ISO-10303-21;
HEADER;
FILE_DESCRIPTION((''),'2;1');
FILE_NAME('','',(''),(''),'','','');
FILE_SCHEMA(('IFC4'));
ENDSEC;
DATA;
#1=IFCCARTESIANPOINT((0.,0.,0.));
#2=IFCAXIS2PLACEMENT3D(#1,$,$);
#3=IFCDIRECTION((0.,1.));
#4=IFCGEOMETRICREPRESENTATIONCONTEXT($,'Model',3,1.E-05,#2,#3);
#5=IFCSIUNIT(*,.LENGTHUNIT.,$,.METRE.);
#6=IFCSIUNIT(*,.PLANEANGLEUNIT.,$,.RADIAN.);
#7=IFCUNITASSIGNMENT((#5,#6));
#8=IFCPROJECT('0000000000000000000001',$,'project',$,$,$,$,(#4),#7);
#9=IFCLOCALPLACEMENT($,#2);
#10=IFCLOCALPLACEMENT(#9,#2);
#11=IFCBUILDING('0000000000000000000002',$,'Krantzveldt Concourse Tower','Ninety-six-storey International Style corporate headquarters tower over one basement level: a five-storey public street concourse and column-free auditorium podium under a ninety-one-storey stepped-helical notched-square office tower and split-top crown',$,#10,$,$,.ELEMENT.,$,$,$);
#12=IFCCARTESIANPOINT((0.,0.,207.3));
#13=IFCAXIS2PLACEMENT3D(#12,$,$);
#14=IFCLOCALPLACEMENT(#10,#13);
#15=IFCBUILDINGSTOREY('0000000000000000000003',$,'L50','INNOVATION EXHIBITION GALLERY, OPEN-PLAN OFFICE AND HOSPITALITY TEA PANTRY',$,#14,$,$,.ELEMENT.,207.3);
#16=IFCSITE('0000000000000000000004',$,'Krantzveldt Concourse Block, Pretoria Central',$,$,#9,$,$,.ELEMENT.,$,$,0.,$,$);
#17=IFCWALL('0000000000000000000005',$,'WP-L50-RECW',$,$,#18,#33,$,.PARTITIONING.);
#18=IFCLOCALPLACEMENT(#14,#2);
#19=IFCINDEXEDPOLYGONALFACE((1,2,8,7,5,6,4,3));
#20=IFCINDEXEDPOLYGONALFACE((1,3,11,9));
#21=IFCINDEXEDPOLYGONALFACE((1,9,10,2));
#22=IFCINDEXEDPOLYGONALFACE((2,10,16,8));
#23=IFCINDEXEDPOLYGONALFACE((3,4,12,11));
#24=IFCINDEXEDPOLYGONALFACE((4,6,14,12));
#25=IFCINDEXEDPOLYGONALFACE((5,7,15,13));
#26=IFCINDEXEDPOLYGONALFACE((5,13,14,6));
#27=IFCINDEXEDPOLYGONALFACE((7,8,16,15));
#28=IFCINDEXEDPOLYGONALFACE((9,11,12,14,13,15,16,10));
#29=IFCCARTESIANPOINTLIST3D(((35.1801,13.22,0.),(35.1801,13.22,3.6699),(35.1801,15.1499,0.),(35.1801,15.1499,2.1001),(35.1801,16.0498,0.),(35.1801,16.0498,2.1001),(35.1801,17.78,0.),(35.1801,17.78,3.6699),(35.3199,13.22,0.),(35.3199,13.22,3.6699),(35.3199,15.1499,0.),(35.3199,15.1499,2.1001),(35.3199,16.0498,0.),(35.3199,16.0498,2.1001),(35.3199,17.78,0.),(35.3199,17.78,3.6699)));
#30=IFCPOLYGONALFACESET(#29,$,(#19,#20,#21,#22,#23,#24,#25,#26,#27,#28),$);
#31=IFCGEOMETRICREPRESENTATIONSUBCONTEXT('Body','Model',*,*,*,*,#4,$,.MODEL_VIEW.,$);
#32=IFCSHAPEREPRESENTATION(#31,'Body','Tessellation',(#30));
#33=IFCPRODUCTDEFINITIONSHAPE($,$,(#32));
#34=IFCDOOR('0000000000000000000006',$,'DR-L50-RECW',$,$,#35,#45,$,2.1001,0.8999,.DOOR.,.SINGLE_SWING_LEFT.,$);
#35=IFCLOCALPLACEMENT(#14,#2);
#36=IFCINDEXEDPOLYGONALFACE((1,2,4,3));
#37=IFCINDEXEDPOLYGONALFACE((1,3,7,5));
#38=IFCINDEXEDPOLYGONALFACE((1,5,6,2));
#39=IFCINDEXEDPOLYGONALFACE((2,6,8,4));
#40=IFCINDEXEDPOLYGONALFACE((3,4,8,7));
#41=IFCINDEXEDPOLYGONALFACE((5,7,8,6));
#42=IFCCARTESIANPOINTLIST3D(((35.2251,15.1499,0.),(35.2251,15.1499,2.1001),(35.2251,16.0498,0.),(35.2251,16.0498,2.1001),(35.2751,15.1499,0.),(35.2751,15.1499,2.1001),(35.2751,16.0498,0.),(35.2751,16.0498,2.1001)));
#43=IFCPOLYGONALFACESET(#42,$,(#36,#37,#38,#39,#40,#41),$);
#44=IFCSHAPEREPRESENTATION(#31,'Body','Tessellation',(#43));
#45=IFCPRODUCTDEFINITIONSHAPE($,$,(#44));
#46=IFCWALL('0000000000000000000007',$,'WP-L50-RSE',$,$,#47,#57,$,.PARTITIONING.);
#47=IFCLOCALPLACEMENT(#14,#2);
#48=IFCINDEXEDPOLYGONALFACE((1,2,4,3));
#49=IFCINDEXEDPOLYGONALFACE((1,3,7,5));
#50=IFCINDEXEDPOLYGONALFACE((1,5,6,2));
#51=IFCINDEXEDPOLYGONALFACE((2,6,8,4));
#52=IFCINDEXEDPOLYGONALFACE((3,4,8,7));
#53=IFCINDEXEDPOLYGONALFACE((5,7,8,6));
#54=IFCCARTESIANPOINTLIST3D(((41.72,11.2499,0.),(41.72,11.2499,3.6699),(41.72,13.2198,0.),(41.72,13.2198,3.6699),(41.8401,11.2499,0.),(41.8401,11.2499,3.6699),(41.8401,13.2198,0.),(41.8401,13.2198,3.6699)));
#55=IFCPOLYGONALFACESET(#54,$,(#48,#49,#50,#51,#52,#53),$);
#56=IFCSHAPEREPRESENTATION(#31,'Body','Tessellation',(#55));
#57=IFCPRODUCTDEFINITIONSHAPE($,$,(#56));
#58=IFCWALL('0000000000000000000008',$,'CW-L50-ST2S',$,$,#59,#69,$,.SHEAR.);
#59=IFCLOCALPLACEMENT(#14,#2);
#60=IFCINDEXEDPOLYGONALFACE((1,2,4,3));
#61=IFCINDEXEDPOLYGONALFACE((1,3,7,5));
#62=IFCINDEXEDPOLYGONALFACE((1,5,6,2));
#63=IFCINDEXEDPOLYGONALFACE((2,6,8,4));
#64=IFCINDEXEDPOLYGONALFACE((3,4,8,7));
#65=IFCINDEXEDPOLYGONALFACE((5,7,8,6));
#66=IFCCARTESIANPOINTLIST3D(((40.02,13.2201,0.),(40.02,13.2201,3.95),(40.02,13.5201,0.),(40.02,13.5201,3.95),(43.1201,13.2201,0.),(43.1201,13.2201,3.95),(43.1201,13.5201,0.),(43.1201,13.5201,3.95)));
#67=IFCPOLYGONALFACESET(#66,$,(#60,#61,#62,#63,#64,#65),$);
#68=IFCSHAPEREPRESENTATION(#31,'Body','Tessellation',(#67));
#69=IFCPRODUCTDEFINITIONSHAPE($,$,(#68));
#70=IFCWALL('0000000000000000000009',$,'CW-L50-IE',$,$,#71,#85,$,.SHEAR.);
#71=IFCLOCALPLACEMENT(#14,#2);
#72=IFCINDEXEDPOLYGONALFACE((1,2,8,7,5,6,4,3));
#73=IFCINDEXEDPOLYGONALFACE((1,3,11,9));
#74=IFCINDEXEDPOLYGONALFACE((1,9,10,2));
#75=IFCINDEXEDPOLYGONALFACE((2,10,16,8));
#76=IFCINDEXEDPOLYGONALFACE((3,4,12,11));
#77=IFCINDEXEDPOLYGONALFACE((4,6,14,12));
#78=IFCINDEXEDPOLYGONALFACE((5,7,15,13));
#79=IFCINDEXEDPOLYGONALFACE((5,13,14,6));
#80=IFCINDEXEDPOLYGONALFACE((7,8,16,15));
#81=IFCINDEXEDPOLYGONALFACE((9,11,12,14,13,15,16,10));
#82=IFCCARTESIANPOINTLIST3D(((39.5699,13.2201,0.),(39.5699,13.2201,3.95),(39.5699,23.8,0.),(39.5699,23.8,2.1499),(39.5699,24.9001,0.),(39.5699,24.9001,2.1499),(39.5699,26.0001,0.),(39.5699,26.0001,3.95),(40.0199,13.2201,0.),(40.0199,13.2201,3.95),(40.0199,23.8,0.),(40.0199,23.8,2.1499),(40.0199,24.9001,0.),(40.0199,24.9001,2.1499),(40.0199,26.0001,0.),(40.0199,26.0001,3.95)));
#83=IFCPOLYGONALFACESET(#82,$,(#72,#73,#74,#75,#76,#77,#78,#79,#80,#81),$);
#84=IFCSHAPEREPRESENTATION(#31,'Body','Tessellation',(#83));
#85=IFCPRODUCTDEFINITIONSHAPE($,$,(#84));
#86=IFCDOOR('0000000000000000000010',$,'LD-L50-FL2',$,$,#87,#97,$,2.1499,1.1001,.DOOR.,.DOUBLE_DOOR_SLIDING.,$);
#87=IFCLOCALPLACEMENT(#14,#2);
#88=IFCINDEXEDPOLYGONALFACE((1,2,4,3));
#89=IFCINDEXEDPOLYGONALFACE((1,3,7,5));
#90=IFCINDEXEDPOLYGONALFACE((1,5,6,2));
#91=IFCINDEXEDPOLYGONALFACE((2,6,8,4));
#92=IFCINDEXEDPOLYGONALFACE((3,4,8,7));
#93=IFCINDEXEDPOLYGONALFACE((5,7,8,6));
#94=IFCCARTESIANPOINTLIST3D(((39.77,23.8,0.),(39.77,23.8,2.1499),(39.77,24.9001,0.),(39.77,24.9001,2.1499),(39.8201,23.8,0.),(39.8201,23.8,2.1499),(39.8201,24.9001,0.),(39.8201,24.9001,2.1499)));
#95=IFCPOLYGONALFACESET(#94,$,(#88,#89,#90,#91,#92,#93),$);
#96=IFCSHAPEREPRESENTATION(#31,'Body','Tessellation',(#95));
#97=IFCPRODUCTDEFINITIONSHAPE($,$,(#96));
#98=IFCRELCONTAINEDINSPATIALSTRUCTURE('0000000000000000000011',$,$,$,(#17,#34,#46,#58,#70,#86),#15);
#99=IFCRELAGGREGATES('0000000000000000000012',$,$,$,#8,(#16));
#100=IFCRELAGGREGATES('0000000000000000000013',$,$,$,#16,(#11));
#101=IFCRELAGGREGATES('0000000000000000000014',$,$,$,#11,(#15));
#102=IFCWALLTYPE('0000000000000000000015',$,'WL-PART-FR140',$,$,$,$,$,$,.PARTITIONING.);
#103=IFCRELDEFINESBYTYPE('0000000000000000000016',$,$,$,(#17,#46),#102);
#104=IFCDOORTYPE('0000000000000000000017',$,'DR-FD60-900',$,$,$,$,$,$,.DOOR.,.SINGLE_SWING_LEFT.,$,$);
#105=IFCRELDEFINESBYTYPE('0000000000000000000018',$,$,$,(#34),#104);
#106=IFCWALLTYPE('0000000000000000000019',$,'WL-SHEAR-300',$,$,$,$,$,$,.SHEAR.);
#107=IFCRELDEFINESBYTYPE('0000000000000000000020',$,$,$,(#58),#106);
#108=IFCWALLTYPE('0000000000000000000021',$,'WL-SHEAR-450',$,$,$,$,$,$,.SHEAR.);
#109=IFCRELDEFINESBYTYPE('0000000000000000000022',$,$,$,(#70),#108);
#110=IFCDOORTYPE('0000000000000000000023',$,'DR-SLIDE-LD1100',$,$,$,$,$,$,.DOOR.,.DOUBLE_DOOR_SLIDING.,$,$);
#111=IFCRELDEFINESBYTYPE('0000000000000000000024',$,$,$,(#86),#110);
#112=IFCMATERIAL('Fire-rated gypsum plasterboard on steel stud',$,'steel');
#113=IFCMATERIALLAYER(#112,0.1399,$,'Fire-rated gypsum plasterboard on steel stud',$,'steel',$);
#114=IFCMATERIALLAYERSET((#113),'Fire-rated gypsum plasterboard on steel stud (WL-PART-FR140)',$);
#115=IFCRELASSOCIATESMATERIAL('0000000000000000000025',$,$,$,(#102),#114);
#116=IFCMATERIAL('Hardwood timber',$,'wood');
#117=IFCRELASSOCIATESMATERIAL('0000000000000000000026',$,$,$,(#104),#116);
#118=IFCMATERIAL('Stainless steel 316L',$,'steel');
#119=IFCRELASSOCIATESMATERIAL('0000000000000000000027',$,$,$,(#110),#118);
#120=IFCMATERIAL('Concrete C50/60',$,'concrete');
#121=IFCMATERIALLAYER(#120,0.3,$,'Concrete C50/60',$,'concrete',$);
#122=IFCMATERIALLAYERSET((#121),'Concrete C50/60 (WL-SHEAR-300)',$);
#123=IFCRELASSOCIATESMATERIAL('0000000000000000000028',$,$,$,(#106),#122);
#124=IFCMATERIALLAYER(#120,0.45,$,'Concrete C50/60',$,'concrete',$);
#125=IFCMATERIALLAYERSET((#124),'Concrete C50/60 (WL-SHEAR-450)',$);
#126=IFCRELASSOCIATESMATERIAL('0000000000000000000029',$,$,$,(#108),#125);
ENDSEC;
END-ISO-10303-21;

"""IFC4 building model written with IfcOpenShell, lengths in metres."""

from ifc_helpers import new_model, si_unit, direction, frame, frame_2d, origin, place, context, subcontext, project, spatial, rectangle, extrude, material, layer, layer_set, type_object, element, fill, save


model = new_model("IFC4")

# Units and contexts
model_context = context("Model", 3, precision=1e-05, world=origin(), true_north=direction((0.0, 1.0)))
body_context = subcontext(model_context, "Body", "Model", "MODEL_VIEW")
ifc_project = project(units=[si_unit("LENGTHUNIT", "METRE"), si_unit("PLANEANGLEUNIT", "RADIAN")], contexts=[model_context])

# Site, building, storey
site_placement = place(None, origin())
site = spatial("IfcSite", under=ifc_project, at=site_placement, Name="Krantzveldt Concourse Block, Pretoria Central", CompositionType="ELEMENT", RefElevation=0.0)
building_placement = place(site_placement, origin())
building = spatial("IfcBuilding", under=site, at=building_placement, Name="Krantzveldt Concourse Tower", Description="Ninety-six-storey International Style corporate headquarters tower over one basement level: a five-storey public street concourse and column-free auditorium podium under a ninety-one-storey stepped-helical notched-square office tower and split-top crown", CompositionType="ELEMENT")
storey_placement = place(building_placement, frame((0.0, 0.0, 207.3)))
storey = spatial("IfcBuildingStorey", under=building, at=storey_placement, Name="L50", Description="INNOVATION EXHIBITION GALLERY, OPEN-PLAN OFFICE AND HOSPITALITY TEA PANTRY", CompositionType="ELEMENT", Elevation=207.3)

# Shared definitions
ifc_material_1 = material(Name="Fire-rated gypsum plasterboard on steel stud", Category="steel")
ifc_material_2 = material(Name="Hardwood timber", Category="wood")

# Wall, opening, door
ifc_layer_1 = layer(ifc_material_1, 0.1399, Name="Fire-rated gypsum plasterboard on steel stud", Category="steel")
ifc_layer_set_1 = layer_set([ifc_layer_1], Name="Fire-rated gypsum plasterboard on steel stud (WL-PART-FR140)")
wall_type_1 = type_object("IfcWallType", Name="WL-PART-FR140", PredefinedType="PARTITIONING", material=ifc_layer_set_1)
wall_1_placement = place(storey_placement, frame((35.25, 13.22, 0.0), z_axis=(0.0, 0.0, 1.0), x_axis=(0.0, 1.0, 0.0)))
wall_1 = element("IfcWall", 1, at=wall_1_placement, inside=storey, type_object=wall_type_1, Name="WP-L50-RECW", PredefinedType="PARTITIONING", context=body_context, shape_type="SweptSolid", body=[
    extrude(rectangle(XDim=4.5601, YDim=0.1399, at=frame_2d((2.28, 0.0))), origin(), (0.0, 0.0, 1.0), 3.6699),
])
opening_1_placement = place(wall_1_placement, frame((1.9299, 0.0, 0.0)))
opening_1 = element("IfcOpeningElement", 2, at=opening_1_placement, cuts=wall_1, PredefinedType="OPENING", context=body_context, shape_type="SweptSolid", body=[
    extrude(rectangle(XDim=0.8999, YDim=2.1001, at=frame_2d((0.45, 1.05))), frame((0.0, 0.0801, 0.0), z_axis=(0.0, -1.0, 0.0), x_axis=(1.0, 0.0, 0.0)), (0.0, 0.0, 1.0), 0.1599),
])
door_type_1 = type_object("IfcDoorType", Name="DR-FD60-900", OperationType="SINGLE_SWING_LEFT", PredefinedType="DOOR", material=ifc_material_2)
door_1_placement = place(opening_1_placement, origin())
door_1 = element("IfcDoor", 3, at=door_1_placement, inside=storey, type_object=door_type_1, Name="DR-L50-RECW", OperationType="SINGLE_SWING_LEFT", OverallHeight=2.1001, OverallWidth=0.8999, PredefinedType="DOOR", context=body_context, shape_type="SweptSolid", body=[
    extrude(rectangle(XDim=0.8999, YDim=2.1001, at=frame_2d((0.45, 1.05))), frame((0.0, 0.0249, 0.0), z_axis=(0.0, -1.0, 0.0), x_axis=(1.0, 0.0, 0.0)), (0.0, 0.0, 1.0), 0.05),
])
fill(opening_1, door_1)

# Shared definitions
ifc_material_3 = material(Name="Stainless steel 316L", Category="steel")
door_type_2 = type_object("IfcDoorType", Name="DR-SLIDE-LD1100", OperationType="DOUBLE_DOOR_SLIDING", PredefinedType="DOOR", material=ifc_material_3)

# Walls
wall_2_placement = place(storey_placement, frame((41.78, 11.25, 0.0), z_axis=(0.0, 0.0, 1.0), x_axis=(0.0, 1.0, 0.0)))
element("IfcWall", 4, at=wall_2_placement, inside=storey, type_object=wall_type_1, Name="WP-L50-RSE", PredefinedType="PARTITIONING", context=body_context, shape_type="SweptSolid", body=[
    extrude(rectangle(XDim=1.97, YDim=0.1201, at=frame_2d((0.9849, 0.0))), origin(), (0.0, 0.0, 1.0), 3.6699),
])
ifc_material_4 = material(Name="Concrete C50/60", Category="concrete")
ifc_layer_2 = layer(ifc_material_4, 0.3, Name="Concrete C50/60", Category="concrete")
ifc_layer_set_2 = layer_set([ifc_layer_2], Name="Concrete C50/60 (WL-SHEAR-300)")
wall_type_2 = type_object("IfcWallType", Name="WL-SHEAR-300", PredefinedType="SHEAR", material=ifc_layer_set_2)
wall_3_placement = place(storey_placement, frame((40.02, 13.3701, 0.0), z_axis=(0.0, 0.0, 1.0), x_axis=(1.0, 0.0, 0.0)))
element("IfcWall", 5, at=wall_3_placement, inside=storey, type_object=wall_type_2, Name="CW-L50-ST2S", PredefinedType="SHEAR", context=body_context, shape_type="SweptSolid", body=[
    extrude(rectangle(XDim=3.1001, YDim=0.3, at=frame_2d((1.55, 0.0))), origin(), (0.0, 0.0, 1.0), 3.95),
])

# Wall, opening, door
ifc_layer_3 = layer(ifc_material_4, 0.45, Name="Concrete C50/60", Category="concrete")
ifc_layer_set_3 = layer_set([ifc_layer_3], Name="Concrete C50/60 (WL-SHEAR-450)")
wall_type_3 = type_object("IfcWallType", Name="WL-SHEAR-450", PredefinedType="SHEAR", material=ifc_layer_set_3)
wall_4_placement = place(storey_placement, frame((39.7949, 13.22, 0.0), z_axis=(0.0, 0.0, 1.0), x_axis=(0.0, 1.0, 0.0)))
wall_4 = element("IfcWall", 6, at=wall_4_placement, inside=storey, type_object=wall_type_3, Name="CW-L50-IE", PredefinedType="SHEAR", context=body_context, shape_type="SweptSolid", body=[
    extrude(rectangle(XDim=12.78, YDim=0.45, at=frame_2d((6.3901, 0.0))), origin(), (0.0, 0.0, 1.0), 3.95),
])
opening_2_placement = place(wall_4_placement, frame((10.5801, 0.0, 0.0)))
opening_2 = element("IfcOpeningElement", 7, at=opening_2_placement, cuts=wall_4, PredefinedType="OPENING", context=body_context, shape_type="SweptSolid", body=[
    extrude(rectangle(XDim=1.1001, YDim=2.1499, at=frame_2d((0.55, 1.075))), frame((0.0, 0.2349, 0.0), z_axis=(0.0, -1.0, 0.0), x_axis=(1.0, 0.0, 0.0)), (0.0, 0.0, 1.0), 0.47),
])
door_2_placement = place(opening_2_placement, origin())
door_2 = element("IfcDoor", 8, at=door_2_placement, inside=storey, type_object=door_type_2, Name="LD-L50-FL2", OperationType="DOUBLE_DOOR_SLIDING", OverallHeight=2.1499, OverallWidth=1.1001, PredefinedType="DOOR", context=body_context, shape_type="SweptSolid", body=[
    extrude(rectangle(XDim=1.1001, YDim=2.1499, at=frame_2d((0.55, 1.075))), frame((0.0, 0.0249, 0.0), z_axis=(0.0, -1.0, 0.0), x_axis=(1.0, 0.0, 0.0)), (0.0, 0.0, 1.0), 0.05),
])
fill(opening_2, door_2)

save(model, "model.ifc")
